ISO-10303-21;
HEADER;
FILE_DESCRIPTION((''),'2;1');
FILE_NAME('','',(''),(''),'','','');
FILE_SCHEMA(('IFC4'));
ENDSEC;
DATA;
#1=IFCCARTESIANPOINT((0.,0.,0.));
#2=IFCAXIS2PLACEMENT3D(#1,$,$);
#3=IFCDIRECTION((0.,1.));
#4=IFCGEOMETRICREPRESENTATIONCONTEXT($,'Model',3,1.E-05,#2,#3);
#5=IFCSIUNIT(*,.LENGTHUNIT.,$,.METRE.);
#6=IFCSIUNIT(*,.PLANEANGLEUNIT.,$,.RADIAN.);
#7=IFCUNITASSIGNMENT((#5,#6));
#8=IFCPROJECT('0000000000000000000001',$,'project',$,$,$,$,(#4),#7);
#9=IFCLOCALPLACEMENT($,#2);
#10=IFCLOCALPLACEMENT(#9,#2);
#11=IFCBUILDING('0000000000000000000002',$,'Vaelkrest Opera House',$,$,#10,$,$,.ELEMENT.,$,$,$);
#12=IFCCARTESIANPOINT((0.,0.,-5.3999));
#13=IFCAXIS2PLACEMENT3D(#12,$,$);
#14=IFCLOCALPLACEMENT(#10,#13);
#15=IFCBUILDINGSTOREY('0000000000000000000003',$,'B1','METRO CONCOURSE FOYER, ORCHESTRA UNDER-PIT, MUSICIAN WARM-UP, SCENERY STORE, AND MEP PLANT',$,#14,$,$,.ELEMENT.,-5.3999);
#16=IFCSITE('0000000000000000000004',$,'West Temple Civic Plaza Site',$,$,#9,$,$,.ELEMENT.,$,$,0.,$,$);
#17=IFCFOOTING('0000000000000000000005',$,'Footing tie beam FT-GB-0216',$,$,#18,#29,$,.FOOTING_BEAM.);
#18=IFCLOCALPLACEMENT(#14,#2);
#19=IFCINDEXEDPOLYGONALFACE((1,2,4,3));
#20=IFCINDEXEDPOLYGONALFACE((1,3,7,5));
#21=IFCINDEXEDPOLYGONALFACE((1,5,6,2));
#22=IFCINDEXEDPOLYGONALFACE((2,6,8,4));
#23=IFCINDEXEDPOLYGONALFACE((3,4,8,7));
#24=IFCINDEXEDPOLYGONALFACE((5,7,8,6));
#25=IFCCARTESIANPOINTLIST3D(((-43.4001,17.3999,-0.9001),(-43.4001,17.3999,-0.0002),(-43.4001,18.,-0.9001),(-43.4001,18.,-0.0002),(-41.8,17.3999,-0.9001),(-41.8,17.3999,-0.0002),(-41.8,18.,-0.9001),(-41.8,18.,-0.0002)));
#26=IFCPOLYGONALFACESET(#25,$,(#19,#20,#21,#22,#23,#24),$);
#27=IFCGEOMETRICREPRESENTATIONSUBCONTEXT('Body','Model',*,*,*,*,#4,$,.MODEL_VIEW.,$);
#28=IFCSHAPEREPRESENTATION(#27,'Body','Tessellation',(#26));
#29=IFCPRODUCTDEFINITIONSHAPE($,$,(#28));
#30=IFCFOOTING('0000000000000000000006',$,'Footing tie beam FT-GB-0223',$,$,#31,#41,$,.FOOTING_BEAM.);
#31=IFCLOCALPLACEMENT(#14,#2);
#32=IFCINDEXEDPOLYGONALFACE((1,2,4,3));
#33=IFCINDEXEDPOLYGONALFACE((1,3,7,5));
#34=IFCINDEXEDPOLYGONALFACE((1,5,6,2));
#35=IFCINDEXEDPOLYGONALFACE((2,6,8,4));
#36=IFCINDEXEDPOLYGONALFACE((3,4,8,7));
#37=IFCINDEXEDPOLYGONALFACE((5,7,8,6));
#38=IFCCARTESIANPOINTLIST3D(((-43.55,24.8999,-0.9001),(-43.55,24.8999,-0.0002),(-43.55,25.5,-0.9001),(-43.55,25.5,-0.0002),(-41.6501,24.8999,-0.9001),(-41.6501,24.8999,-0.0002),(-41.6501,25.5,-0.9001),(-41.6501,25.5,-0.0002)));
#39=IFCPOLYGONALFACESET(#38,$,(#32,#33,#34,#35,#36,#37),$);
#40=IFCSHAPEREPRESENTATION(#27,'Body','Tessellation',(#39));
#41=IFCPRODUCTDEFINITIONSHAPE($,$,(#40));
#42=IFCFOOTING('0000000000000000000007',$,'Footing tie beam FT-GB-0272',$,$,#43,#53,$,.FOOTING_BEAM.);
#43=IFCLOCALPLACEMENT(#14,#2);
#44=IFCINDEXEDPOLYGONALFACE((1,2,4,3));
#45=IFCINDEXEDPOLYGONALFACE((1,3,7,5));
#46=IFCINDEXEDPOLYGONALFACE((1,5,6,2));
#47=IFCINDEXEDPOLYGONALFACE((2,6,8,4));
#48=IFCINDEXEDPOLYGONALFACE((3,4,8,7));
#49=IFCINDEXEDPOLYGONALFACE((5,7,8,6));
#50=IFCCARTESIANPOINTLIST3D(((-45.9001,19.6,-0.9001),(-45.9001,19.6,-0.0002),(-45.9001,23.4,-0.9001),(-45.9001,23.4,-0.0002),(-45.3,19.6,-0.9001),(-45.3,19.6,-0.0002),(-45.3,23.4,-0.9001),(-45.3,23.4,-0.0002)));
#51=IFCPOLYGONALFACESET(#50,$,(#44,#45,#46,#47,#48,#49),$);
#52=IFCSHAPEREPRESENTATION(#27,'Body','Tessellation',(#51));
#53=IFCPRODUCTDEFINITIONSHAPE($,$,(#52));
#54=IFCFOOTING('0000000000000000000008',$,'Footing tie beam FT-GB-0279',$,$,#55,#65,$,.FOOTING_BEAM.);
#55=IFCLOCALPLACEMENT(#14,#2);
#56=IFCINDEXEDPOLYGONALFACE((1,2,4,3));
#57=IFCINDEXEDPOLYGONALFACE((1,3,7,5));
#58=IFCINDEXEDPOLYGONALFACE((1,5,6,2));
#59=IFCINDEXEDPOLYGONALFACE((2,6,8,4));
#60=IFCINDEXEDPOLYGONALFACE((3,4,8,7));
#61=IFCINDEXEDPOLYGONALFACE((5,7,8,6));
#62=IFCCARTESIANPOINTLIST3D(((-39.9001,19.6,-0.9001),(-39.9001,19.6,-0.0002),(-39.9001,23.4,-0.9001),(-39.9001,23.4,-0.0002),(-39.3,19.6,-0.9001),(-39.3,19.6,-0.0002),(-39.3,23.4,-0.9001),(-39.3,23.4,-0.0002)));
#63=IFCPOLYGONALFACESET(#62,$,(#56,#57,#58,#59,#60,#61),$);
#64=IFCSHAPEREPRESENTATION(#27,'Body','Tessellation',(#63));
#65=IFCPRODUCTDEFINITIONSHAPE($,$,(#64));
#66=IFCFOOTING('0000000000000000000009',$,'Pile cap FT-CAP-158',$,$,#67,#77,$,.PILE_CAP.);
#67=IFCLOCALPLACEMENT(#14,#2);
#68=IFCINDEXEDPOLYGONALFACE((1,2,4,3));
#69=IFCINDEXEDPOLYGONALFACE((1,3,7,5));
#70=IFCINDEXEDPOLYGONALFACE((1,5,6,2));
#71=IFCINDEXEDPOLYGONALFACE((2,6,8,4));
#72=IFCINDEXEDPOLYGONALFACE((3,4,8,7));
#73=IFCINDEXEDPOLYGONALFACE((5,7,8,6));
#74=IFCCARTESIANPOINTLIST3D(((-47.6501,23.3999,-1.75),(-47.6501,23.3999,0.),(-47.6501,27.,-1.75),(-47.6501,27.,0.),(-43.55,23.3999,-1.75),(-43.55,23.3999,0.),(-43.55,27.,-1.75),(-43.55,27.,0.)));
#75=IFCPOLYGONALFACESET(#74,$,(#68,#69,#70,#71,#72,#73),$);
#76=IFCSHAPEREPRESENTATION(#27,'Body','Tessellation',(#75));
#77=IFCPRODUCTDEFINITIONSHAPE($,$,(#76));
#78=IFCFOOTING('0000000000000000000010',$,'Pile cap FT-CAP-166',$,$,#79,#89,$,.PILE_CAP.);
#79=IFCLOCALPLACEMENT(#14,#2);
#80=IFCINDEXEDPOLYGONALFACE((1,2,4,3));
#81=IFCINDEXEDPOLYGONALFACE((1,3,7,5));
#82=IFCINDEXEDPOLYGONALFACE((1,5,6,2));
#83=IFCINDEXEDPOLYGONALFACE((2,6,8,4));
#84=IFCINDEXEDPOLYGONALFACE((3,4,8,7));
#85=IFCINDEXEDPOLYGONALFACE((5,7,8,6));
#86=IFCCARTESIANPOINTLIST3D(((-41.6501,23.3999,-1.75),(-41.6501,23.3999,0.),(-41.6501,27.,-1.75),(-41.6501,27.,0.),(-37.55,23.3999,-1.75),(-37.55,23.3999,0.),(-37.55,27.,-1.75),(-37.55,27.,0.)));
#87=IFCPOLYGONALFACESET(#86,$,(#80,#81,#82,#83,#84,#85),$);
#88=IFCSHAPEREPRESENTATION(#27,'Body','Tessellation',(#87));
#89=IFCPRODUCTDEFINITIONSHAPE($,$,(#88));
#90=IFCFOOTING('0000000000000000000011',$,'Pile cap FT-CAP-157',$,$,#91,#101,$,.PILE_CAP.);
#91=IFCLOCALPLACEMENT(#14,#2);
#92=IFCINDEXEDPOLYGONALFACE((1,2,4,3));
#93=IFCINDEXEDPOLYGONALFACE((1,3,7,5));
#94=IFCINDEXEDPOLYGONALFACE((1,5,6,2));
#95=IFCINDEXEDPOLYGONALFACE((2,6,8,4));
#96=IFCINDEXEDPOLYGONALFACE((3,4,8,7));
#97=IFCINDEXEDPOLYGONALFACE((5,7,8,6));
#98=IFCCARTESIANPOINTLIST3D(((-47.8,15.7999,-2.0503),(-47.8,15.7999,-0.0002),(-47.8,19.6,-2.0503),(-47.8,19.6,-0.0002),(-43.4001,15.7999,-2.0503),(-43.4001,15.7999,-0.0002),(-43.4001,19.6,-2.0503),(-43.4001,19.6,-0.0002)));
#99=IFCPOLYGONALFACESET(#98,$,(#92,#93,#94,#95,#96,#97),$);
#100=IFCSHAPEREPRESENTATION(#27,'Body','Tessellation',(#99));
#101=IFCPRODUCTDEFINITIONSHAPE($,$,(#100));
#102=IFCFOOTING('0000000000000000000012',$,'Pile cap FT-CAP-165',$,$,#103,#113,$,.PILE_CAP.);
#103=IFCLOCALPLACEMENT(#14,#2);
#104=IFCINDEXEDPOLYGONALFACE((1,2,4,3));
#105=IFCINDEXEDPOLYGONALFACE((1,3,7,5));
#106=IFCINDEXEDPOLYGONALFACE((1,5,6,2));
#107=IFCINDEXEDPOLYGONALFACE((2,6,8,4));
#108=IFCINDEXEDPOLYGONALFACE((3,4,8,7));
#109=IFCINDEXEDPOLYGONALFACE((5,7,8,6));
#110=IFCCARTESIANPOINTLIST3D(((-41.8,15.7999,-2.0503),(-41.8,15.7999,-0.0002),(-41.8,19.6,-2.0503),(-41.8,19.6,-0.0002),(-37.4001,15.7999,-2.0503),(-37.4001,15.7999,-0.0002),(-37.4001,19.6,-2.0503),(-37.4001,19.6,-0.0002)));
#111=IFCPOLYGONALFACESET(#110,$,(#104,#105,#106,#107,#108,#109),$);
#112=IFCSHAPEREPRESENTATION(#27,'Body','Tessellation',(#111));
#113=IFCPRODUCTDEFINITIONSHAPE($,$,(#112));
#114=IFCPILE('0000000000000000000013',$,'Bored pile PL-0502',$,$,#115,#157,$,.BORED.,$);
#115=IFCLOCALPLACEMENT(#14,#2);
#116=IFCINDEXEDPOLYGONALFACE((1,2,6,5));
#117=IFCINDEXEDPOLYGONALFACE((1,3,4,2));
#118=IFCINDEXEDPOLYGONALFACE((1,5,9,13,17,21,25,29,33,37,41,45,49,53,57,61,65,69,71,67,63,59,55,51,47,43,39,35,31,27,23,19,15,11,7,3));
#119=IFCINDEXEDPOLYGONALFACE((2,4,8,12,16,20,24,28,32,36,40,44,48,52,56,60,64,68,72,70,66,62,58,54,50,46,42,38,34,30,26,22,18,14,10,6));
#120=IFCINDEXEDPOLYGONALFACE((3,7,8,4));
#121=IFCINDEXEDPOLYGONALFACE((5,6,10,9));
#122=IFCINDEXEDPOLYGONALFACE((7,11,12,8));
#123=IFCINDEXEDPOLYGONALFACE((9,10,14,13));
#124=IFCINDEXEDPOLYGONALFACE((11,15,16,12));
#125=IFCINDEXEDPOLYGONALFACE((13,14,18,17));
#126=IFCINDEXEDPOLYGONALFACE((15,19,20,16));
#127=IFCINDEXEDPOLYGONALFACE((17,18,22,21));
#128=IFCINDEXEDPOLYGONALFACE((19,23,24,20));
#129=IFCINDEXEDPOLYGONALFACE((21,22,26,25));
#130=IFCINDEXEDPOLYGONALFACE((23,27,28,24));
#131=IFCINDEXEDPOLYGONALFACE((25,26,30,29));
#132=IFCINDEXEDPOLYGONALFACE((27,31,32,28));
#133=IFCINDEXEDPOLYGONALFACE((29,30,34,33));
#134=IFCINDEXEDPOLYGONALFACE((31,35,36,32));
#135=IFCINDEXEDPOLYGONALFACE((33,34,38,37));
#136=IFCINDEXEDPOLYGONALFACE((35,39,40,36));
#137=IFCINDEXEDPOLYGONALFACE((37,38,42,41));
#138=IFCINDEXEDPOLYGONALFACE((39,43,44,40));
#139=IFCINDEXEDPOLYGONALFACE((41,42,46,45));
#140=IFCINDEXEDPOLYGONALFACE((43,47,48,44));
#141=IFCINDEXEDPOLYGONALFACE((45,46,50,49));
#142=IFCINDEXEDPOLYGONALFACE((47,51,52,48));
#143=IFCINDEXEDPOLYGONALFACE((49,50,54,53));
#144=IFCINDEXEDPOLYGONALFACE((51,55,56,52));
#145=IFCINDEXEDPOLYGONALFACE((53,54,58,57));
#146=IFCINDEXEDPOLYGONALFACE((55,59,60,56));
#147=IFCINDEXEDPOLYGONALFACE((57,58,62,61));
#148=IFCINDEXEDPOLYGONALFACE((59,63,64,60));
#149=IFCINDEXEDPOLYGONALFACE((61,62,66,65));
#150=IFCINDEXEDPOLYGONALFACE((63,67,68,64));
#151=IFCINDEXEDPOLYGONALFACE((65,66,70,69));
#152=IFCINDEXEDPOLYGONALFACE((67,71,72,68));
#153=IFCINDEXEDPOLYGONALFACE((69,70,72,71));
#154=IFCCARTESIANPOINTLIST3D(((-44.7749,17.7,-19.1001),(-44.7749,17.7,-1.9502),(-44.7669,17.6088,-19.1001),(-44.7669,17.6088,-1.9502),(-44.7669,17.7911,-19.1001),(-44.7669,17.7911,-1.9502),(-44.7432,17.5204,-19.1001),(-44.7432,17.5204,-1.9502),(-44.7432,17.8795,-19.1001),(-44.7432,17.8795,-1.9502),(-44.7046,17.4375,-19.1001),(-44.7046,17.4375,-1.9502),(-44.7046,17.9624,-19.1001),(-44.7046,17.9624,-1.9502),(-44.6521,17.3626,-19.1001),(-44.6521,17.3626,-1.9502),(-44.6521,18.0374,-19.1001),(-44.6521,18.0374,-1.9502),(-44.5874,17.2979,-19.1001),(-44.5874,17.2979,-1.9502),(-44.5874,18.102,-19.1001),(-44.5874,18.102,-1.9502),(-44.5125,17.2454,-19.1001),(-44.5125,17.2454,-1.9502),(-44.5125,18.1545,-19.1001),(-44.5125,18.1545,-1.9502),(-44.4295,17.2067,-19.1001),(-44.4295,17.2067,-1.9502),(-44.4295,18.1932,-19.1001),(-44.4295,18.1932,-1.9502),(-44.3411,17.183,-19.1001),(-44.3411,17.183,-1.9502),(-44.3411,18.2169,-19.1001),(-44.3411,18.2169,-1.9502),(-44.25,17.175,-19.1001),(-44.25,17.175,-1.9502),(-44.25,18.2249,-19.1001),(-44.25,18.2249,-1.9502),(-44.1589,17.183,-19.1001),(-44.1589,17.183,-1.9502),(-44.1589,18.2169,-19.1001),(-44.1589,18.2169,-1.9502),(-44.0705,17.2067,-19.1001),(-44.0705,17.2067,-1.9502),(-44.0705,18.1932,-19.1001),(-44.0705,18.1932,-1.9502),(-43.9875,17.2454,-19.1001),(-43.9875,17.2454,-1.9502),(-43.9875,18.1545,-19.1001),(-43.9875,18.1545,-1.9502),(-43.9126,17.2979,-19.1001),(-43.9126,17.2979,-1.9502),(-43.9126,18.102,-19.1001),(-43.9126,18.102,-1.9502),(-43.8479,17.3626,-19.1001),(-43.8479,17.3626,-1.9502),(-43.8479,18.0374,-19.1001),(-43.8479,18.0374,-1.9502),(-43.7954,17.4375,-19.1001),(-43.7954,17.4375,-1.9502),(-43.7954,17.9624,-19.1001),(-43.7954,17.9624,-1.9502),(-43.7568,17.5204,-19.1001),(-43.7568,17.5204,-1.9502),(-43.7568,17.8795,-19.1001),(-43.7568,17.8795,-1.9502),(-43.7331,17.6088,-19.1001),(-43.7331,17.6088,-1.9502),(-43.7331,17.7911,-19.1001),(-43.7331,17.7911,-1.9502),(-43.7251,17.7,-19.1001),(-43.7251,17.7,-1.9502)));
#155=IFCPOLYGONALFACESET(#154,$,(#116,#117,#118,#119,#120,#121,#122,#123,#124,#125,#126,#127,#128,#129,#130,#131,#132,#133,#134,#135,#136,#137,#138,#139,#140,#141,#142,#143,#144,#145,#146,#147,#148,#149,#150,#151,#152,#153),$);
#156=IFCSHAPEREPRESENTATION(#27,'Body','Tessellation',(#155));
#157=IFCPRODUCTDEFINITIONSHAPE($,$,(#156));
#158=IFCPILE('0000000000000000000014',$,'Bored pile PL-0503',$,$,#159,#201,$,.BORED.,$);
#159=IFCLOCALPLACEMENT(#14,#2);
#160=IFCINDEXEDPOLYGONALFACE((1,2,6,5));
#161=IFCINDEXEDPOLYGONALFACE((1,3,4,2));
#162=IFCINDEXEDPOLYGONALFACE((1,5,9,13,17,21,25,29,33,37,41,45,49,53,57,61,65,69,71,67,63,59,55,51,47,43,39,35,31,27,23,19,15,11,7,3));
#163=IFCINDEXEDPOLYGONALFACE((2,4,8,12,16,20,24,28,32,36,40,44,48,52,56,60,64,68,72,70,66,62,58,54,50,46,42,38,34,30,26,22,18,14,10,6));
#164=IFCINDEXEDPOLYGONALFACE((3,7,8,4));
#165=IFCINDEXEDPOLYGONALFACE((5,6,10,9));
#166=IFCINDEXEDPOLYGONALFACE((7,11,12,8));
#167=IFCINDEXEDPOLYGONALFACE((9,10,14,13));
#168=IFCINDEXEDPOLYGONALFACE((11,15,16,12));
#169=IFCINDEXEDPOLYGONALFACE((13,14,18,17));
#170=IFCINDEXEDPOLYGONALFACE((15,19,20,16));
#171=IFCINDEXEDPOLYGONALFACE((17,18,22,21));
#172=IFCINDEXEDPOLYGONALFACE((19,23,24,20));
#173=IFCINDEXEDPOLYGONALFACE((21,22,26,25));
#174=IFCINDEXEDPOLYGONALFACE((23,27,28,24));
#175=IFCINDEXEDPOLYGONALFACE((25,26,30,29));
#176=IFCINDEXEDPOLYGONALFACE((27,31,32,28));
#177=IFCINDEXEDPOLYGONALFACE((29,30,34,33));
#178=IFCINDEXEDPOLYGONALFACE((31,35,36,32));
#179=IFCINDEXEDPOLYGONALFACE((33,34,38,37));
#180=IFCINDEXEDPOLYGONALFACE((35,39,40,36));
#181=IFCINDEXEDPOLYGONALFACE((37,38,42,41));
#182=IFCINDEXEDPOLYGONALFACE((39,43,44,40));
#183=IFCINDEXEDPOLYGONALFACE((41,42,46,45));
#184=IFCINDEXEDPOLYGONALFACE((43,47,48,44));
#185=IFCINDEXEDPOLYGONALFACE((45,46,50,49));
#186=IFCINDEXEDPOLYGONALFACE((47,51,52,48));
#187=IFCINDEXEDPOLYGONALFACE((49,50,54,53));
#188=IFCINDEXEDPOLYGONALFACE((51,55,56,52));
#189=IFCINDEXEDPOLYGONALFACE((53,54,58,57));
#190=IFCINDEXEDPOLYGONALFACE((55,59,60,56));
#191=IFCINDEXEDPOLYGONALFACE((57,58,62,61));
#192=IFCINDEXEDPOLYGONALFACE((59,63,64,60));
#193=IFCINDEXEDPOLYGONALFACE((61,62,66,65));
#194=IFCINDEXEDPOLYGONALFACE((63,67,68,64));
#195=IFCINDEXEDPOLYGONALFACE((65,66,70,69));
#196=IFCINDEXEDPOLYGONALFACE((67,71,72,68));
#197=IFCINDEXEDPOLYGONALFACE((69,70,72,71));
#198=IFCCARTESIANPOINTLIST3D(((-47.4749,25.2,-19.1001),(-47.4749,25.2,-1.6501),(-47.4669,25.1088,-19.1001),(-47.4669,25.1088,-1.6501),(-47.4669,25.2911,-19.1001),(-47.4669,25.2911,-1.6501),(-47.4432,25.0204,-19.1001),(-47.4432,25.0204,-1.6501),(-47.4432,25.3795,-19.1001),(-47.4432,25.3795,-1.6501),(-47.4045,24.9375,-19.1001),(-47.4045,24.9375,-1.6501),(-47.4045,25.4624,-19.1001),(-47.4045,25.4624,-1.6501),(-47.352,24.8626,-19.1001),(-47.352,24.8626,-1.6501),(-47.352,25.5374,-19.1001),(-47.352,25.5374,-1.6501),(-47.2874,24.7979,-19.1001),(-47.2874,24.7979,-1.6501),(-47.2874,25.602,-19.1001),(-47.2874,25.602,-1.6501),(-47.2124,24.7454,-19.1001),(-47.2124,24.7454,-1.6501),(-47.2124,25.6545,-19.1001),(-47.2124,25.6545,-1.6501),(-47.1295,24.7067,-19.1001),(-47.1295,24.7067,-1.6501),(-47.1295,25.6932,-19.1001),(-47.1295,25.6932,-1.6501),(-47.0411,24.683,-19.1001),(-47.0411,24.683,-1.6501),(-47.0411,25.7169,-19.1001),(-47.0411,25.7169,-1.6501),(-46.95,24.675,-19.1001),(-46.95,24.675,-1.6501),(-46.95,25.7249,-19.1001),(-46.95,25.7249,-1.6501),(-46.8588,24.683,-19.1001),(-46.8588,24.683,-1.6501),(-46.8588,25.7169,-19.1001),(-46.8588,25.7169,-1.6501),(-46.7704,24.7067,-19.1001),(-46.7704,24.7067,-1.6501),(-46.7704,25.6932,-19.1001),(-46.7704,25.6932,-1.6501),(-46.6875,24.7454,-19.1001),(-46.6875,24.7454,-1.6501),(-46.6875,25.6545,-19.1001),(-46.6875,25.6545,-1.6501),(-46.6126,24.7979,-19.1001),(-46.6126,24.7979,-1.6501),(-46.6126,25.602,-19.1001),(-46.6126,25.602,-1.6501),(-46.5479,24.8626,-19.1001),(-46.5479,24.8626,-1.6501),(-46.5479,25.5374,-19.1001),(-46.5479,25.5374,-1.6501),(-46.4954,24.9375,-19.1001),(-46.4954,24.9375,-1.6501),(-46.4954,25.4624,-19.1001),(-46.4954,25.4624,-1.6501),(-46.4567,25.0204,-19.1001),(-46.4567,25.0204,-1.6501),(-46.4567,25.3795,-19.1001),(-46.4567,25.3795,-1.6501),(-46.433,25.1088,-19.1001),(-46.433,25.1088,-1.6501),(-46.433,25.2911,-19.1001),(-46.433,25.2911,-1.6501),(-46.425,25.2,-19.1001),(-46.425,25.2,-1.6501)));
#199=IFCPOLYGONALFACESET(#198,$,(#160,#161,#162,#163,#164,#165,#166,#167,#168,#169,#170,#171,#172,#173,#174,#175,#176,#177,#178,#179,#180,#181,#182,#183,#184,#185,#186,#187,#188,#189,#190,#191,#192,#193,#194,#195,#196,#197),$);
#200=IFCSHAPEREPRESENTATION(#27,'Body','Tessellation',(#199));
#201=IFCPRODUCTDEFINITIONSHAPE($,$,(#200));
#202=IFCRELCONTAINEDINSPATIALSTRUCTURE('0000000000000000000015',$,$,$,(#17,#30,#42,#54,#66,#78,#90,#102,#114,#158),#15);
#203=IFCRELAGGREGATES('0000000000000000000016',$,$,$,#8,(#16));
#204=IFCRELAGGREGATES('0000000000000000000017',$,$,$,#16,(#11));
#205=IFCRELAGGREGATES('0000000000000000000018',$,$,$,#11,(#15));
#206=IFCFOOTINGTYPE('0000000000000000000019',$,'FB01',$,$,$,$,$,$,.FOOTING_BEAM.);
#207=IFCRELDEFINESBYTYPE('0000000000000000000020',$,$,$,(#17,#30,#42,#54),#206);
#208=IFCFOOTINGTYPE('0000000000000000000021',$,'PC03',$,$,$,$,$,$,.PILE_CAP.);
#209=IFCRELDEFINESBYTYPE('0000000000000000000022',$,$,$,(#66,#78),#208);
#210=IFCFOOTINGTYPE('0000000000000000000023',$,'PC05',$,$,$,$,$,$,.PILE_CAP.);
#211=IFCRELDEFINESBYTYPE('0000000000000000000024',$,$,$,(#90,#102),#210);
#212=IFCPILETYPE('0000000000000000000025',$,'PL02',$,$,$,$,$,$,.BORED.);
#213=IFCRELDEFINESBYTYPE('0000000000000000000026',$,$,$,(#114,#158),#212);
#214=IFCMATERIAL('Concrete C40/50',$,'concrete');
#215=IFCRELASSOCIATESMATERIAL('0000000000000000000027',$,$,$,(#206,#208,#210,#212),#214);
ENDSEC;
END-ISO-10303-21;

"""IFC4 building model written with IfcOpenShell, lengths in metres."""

from ifc_helpers import new_model, si_unit, direction, frame, origin, origin_2d, place, context, subcontext, project, spatial, rectangle, circle, extrude, material, material_profile, profile_set, type_object, element, save


model = new_model("IFC4")

# Units and contexts
model_context = context("Model", 3, precision=1e-05, world=origin(), true_north=direction((0.0, 1.0)))
body_context = subcontext(model_context, "Body", "Model", "MODEL_VIEW")
ifc_project = project(units=[si_unit("LENGTHUNIT", "METRE"), si_unit("PLANEANGLEUNIT", "RADIAN")], contexts=[model_context])

# Site, building, storey
site_placement = place(None, origin())
site = spatial("IfcSite", under=ifc_project, at=site_placement, Name="West Temple Civic Plaza Site", CompositionType="ELEMENT", RefElevation=0.0)
building_placement = place(site_placement, origin())
building = spatial("IfcBuilding", under=site, at=building_placement, Name="Vaelkrest Opera House", CompositionType="ELEMENT")
storey_placement = place(building_placement, frame((0.0, 0.0, -5.3999)))
storey = spatial("IfcBuildingStorey", under=building, at=storey_placement, Name="B1", Description="METRO CONCOURSE FOYER, ORCHESTRA UNDER-PIT, MUSICIAN WARM-UP, SCENERY STORE, AND MEP PLANT", CompositionType="ELEMENT", Elevation=-5.3999)

# Footings
ifc_material_1 = material(Name="Concrete C40/50", Category="concrete")
footing_type_1 = type_object("IfcFootingType", Name="FB01", PredefinedType="FOOTING_BEAM", material=ifc_material_1)
footing_1_placement = place(storey_placement, frame((-42.6001, 17.7, -0.9001), z_axis=(0.0, 0.0, 1.0), x_axis=(1.0, 0.0, 0.0)))
element("IfcFooting", 1, at=footing_1_placement, inside=storey, type_object=footing_type_1, Name="Footing tie beam FT-GB-0216", PredefinedType="FOOTING_BEAM", context=body_context, shape_type="SweptSolid", body=[
    extrude(rectangle(XDim=1.6001, YDim=0.6001, at=origin_2d()), origin(), (0.0, 0.0, 1.0), 0.8999),
])
footing_2_placement = place(storey_placement, frame((-42.6001, 25.2, -0.9001), z_axis=(0.0, 0.0, 1.0), x_axis=(1.0, 0.0, 0.0)))
element("IfcFooting", 2, at=footing_2_placement, inside=storey, type_object=footing_type_1, Name="Footing tie beam FT-GB-0223", PredefinedType="FOOTING_BEAM", context=body_context, shape_type="SweptSolid", body=[
    extrude(rectangle(XDim=1.8999, YDim=0.6001, at=origin_2d()), origin(), (0.0, 0.0, 1.0), 0.8999),
])
for number, where, z_axis, x_axis, name in (
    (3, (-45.6001, 21.5, -0.9001), (0.0, 0.0, 1.0), (0.0, 1.0, 0.0), "Footing tie beam FT-GB-0272"),
    (4, (-39.6001, 21.5, -0.9001), (0.0, 0.0, 1.0), (0.0, 1.0, 0.0), "Footing tie beam FT-GB-0279"),
):
    element("IfcFooting", number, at=place(storey_placement, frame(where, z_axis=z_axis, x_axis=x_axis)), inside=storey, type_object=footing_type_1, Name=name, PredefinedType="FOOTING_BEAM", context=body_context, shape_type="SweptSolid", body=[
        extrude(rectangle(XDim=3.8, YDim=0.6001, at=origin_2d()), origin(), (0.0, 0.0, 1.0), 0.8999),
    ])
footing_type_2 = type_object("IfcFootingType", Name="PC03", PredefinedType="PILE_CAP", material=ifc_material_1)
for number, where, z_axis, x_axis, name in (
    (5, (-45.6001, 25.2, -1.75), (0.0, 0.0, 1.0), (1.0, 0.0, 0.0), "Pile cap FT-CAP-158"),
    (6, (-39.6001, 25.2, -1.75), (0.0, 0.0, 1.0), (1.0, 0.0, 0.0), "Pile cap FT-CAP-166"),
):
    element("IfcFooting", number, at=place(storey_placement, frame(where, z_axis=z_axis, x_axis=x_axis)), inside=storey, type_object=footing_type_2, Name=name, PredefinedType="PILE_CAP", context=body_context, shape_type="SweptSolid", body=[
        extrude(rectangle(XDim=4.1001, YDim=3.6001, at=origin_2d()), origin(), (0.0, 0.0, 1.0), 1.75),
    ])
footing_type_3 = type_object("IfcFootingType", Name="PC05", PredefinedType="PILE_CAP", material=ifc_material_1)
for number, where, z_axis, x_axis, name in (
    (7, (-45.6001, 17.7, -2.0503), (0.0, 0.0, 1.0), (1.0, 0.0, 0.0), "Pile cap FT-CAP-157"),
    (8, (-39.6001, 17.7, -2.0503), (0.0, 0.0, 1.0), (1.0, 0.0, 0.0), "Pile cap FT-CAP-165"),
):
    element("IfcFooting", number, at=place(storey_placement, frame(where, z_axis=z_axis, x_axis=x_axis)), inside=storey, type_object=footing_type_3, Name=name, PredefinedType="PILE_CAP", context=body_context, shape_type="SweptSolid", body=[
        extrude(rectangle(XDim=4.3999, YDim=3.8, at=origin_2d()), origin(), (0.0, 0.0, 1.0), 2.05),
    ])

# Piles
ifc_material_profile_1 = material_profile(ifc_material_1, circle(Radius=0.5249, at=origin_2d()), Name="PILE1050")
ifc_profile_set_1 = profile_set([ifc_material_profile_1], Name="Concrete C40/50")
pile_type = type_object("IfcPileType", Name="PL02", PredefinedType="BORED", material=ifc_profile_set_1)
pile_1_placement = place(storey_placement, frame((-44.25, 17.7, -1.9502), z_axis=(0.0, 0.0, -1.0), x_axis=(1.0, 0.0, 0.0)))
element("IfcPile", 9, at=pile_1_placement, inside=storey, type_object=pile_type, Name="Bored pile PL-0502", PredefinedType="BORED", context=body_context, shape_type="SweptSolid", body=[
    extrude(circle(Radius=0.5249, at=origin_2d()), origin(), (0.0, 0.0, 1.0), 17.1499),
])
for number, where, z_axis, x_axis, name in (
    (10, (-46.95, 25.2, -1.6501), (0.0, 0.0, -1.0), (1.0, 0.0, 0.0), "Bored pile PL-0503"),
):
    element("IfcPile", number, at=place(storey_placement, frame(where, z_axis=z_axis, x_axis=x_axis)), inside=storey, type_object=pile_type, Name=name, PredefinedType="BORED", context=body_context, shape_type="SweptSolid", body=[
        extrude(circle(Radius=0.5249, at=origin_2d()), origin(), (0.0, 0.0, 1.0), 17.45),
    ])

save(model, "model.ifc")
